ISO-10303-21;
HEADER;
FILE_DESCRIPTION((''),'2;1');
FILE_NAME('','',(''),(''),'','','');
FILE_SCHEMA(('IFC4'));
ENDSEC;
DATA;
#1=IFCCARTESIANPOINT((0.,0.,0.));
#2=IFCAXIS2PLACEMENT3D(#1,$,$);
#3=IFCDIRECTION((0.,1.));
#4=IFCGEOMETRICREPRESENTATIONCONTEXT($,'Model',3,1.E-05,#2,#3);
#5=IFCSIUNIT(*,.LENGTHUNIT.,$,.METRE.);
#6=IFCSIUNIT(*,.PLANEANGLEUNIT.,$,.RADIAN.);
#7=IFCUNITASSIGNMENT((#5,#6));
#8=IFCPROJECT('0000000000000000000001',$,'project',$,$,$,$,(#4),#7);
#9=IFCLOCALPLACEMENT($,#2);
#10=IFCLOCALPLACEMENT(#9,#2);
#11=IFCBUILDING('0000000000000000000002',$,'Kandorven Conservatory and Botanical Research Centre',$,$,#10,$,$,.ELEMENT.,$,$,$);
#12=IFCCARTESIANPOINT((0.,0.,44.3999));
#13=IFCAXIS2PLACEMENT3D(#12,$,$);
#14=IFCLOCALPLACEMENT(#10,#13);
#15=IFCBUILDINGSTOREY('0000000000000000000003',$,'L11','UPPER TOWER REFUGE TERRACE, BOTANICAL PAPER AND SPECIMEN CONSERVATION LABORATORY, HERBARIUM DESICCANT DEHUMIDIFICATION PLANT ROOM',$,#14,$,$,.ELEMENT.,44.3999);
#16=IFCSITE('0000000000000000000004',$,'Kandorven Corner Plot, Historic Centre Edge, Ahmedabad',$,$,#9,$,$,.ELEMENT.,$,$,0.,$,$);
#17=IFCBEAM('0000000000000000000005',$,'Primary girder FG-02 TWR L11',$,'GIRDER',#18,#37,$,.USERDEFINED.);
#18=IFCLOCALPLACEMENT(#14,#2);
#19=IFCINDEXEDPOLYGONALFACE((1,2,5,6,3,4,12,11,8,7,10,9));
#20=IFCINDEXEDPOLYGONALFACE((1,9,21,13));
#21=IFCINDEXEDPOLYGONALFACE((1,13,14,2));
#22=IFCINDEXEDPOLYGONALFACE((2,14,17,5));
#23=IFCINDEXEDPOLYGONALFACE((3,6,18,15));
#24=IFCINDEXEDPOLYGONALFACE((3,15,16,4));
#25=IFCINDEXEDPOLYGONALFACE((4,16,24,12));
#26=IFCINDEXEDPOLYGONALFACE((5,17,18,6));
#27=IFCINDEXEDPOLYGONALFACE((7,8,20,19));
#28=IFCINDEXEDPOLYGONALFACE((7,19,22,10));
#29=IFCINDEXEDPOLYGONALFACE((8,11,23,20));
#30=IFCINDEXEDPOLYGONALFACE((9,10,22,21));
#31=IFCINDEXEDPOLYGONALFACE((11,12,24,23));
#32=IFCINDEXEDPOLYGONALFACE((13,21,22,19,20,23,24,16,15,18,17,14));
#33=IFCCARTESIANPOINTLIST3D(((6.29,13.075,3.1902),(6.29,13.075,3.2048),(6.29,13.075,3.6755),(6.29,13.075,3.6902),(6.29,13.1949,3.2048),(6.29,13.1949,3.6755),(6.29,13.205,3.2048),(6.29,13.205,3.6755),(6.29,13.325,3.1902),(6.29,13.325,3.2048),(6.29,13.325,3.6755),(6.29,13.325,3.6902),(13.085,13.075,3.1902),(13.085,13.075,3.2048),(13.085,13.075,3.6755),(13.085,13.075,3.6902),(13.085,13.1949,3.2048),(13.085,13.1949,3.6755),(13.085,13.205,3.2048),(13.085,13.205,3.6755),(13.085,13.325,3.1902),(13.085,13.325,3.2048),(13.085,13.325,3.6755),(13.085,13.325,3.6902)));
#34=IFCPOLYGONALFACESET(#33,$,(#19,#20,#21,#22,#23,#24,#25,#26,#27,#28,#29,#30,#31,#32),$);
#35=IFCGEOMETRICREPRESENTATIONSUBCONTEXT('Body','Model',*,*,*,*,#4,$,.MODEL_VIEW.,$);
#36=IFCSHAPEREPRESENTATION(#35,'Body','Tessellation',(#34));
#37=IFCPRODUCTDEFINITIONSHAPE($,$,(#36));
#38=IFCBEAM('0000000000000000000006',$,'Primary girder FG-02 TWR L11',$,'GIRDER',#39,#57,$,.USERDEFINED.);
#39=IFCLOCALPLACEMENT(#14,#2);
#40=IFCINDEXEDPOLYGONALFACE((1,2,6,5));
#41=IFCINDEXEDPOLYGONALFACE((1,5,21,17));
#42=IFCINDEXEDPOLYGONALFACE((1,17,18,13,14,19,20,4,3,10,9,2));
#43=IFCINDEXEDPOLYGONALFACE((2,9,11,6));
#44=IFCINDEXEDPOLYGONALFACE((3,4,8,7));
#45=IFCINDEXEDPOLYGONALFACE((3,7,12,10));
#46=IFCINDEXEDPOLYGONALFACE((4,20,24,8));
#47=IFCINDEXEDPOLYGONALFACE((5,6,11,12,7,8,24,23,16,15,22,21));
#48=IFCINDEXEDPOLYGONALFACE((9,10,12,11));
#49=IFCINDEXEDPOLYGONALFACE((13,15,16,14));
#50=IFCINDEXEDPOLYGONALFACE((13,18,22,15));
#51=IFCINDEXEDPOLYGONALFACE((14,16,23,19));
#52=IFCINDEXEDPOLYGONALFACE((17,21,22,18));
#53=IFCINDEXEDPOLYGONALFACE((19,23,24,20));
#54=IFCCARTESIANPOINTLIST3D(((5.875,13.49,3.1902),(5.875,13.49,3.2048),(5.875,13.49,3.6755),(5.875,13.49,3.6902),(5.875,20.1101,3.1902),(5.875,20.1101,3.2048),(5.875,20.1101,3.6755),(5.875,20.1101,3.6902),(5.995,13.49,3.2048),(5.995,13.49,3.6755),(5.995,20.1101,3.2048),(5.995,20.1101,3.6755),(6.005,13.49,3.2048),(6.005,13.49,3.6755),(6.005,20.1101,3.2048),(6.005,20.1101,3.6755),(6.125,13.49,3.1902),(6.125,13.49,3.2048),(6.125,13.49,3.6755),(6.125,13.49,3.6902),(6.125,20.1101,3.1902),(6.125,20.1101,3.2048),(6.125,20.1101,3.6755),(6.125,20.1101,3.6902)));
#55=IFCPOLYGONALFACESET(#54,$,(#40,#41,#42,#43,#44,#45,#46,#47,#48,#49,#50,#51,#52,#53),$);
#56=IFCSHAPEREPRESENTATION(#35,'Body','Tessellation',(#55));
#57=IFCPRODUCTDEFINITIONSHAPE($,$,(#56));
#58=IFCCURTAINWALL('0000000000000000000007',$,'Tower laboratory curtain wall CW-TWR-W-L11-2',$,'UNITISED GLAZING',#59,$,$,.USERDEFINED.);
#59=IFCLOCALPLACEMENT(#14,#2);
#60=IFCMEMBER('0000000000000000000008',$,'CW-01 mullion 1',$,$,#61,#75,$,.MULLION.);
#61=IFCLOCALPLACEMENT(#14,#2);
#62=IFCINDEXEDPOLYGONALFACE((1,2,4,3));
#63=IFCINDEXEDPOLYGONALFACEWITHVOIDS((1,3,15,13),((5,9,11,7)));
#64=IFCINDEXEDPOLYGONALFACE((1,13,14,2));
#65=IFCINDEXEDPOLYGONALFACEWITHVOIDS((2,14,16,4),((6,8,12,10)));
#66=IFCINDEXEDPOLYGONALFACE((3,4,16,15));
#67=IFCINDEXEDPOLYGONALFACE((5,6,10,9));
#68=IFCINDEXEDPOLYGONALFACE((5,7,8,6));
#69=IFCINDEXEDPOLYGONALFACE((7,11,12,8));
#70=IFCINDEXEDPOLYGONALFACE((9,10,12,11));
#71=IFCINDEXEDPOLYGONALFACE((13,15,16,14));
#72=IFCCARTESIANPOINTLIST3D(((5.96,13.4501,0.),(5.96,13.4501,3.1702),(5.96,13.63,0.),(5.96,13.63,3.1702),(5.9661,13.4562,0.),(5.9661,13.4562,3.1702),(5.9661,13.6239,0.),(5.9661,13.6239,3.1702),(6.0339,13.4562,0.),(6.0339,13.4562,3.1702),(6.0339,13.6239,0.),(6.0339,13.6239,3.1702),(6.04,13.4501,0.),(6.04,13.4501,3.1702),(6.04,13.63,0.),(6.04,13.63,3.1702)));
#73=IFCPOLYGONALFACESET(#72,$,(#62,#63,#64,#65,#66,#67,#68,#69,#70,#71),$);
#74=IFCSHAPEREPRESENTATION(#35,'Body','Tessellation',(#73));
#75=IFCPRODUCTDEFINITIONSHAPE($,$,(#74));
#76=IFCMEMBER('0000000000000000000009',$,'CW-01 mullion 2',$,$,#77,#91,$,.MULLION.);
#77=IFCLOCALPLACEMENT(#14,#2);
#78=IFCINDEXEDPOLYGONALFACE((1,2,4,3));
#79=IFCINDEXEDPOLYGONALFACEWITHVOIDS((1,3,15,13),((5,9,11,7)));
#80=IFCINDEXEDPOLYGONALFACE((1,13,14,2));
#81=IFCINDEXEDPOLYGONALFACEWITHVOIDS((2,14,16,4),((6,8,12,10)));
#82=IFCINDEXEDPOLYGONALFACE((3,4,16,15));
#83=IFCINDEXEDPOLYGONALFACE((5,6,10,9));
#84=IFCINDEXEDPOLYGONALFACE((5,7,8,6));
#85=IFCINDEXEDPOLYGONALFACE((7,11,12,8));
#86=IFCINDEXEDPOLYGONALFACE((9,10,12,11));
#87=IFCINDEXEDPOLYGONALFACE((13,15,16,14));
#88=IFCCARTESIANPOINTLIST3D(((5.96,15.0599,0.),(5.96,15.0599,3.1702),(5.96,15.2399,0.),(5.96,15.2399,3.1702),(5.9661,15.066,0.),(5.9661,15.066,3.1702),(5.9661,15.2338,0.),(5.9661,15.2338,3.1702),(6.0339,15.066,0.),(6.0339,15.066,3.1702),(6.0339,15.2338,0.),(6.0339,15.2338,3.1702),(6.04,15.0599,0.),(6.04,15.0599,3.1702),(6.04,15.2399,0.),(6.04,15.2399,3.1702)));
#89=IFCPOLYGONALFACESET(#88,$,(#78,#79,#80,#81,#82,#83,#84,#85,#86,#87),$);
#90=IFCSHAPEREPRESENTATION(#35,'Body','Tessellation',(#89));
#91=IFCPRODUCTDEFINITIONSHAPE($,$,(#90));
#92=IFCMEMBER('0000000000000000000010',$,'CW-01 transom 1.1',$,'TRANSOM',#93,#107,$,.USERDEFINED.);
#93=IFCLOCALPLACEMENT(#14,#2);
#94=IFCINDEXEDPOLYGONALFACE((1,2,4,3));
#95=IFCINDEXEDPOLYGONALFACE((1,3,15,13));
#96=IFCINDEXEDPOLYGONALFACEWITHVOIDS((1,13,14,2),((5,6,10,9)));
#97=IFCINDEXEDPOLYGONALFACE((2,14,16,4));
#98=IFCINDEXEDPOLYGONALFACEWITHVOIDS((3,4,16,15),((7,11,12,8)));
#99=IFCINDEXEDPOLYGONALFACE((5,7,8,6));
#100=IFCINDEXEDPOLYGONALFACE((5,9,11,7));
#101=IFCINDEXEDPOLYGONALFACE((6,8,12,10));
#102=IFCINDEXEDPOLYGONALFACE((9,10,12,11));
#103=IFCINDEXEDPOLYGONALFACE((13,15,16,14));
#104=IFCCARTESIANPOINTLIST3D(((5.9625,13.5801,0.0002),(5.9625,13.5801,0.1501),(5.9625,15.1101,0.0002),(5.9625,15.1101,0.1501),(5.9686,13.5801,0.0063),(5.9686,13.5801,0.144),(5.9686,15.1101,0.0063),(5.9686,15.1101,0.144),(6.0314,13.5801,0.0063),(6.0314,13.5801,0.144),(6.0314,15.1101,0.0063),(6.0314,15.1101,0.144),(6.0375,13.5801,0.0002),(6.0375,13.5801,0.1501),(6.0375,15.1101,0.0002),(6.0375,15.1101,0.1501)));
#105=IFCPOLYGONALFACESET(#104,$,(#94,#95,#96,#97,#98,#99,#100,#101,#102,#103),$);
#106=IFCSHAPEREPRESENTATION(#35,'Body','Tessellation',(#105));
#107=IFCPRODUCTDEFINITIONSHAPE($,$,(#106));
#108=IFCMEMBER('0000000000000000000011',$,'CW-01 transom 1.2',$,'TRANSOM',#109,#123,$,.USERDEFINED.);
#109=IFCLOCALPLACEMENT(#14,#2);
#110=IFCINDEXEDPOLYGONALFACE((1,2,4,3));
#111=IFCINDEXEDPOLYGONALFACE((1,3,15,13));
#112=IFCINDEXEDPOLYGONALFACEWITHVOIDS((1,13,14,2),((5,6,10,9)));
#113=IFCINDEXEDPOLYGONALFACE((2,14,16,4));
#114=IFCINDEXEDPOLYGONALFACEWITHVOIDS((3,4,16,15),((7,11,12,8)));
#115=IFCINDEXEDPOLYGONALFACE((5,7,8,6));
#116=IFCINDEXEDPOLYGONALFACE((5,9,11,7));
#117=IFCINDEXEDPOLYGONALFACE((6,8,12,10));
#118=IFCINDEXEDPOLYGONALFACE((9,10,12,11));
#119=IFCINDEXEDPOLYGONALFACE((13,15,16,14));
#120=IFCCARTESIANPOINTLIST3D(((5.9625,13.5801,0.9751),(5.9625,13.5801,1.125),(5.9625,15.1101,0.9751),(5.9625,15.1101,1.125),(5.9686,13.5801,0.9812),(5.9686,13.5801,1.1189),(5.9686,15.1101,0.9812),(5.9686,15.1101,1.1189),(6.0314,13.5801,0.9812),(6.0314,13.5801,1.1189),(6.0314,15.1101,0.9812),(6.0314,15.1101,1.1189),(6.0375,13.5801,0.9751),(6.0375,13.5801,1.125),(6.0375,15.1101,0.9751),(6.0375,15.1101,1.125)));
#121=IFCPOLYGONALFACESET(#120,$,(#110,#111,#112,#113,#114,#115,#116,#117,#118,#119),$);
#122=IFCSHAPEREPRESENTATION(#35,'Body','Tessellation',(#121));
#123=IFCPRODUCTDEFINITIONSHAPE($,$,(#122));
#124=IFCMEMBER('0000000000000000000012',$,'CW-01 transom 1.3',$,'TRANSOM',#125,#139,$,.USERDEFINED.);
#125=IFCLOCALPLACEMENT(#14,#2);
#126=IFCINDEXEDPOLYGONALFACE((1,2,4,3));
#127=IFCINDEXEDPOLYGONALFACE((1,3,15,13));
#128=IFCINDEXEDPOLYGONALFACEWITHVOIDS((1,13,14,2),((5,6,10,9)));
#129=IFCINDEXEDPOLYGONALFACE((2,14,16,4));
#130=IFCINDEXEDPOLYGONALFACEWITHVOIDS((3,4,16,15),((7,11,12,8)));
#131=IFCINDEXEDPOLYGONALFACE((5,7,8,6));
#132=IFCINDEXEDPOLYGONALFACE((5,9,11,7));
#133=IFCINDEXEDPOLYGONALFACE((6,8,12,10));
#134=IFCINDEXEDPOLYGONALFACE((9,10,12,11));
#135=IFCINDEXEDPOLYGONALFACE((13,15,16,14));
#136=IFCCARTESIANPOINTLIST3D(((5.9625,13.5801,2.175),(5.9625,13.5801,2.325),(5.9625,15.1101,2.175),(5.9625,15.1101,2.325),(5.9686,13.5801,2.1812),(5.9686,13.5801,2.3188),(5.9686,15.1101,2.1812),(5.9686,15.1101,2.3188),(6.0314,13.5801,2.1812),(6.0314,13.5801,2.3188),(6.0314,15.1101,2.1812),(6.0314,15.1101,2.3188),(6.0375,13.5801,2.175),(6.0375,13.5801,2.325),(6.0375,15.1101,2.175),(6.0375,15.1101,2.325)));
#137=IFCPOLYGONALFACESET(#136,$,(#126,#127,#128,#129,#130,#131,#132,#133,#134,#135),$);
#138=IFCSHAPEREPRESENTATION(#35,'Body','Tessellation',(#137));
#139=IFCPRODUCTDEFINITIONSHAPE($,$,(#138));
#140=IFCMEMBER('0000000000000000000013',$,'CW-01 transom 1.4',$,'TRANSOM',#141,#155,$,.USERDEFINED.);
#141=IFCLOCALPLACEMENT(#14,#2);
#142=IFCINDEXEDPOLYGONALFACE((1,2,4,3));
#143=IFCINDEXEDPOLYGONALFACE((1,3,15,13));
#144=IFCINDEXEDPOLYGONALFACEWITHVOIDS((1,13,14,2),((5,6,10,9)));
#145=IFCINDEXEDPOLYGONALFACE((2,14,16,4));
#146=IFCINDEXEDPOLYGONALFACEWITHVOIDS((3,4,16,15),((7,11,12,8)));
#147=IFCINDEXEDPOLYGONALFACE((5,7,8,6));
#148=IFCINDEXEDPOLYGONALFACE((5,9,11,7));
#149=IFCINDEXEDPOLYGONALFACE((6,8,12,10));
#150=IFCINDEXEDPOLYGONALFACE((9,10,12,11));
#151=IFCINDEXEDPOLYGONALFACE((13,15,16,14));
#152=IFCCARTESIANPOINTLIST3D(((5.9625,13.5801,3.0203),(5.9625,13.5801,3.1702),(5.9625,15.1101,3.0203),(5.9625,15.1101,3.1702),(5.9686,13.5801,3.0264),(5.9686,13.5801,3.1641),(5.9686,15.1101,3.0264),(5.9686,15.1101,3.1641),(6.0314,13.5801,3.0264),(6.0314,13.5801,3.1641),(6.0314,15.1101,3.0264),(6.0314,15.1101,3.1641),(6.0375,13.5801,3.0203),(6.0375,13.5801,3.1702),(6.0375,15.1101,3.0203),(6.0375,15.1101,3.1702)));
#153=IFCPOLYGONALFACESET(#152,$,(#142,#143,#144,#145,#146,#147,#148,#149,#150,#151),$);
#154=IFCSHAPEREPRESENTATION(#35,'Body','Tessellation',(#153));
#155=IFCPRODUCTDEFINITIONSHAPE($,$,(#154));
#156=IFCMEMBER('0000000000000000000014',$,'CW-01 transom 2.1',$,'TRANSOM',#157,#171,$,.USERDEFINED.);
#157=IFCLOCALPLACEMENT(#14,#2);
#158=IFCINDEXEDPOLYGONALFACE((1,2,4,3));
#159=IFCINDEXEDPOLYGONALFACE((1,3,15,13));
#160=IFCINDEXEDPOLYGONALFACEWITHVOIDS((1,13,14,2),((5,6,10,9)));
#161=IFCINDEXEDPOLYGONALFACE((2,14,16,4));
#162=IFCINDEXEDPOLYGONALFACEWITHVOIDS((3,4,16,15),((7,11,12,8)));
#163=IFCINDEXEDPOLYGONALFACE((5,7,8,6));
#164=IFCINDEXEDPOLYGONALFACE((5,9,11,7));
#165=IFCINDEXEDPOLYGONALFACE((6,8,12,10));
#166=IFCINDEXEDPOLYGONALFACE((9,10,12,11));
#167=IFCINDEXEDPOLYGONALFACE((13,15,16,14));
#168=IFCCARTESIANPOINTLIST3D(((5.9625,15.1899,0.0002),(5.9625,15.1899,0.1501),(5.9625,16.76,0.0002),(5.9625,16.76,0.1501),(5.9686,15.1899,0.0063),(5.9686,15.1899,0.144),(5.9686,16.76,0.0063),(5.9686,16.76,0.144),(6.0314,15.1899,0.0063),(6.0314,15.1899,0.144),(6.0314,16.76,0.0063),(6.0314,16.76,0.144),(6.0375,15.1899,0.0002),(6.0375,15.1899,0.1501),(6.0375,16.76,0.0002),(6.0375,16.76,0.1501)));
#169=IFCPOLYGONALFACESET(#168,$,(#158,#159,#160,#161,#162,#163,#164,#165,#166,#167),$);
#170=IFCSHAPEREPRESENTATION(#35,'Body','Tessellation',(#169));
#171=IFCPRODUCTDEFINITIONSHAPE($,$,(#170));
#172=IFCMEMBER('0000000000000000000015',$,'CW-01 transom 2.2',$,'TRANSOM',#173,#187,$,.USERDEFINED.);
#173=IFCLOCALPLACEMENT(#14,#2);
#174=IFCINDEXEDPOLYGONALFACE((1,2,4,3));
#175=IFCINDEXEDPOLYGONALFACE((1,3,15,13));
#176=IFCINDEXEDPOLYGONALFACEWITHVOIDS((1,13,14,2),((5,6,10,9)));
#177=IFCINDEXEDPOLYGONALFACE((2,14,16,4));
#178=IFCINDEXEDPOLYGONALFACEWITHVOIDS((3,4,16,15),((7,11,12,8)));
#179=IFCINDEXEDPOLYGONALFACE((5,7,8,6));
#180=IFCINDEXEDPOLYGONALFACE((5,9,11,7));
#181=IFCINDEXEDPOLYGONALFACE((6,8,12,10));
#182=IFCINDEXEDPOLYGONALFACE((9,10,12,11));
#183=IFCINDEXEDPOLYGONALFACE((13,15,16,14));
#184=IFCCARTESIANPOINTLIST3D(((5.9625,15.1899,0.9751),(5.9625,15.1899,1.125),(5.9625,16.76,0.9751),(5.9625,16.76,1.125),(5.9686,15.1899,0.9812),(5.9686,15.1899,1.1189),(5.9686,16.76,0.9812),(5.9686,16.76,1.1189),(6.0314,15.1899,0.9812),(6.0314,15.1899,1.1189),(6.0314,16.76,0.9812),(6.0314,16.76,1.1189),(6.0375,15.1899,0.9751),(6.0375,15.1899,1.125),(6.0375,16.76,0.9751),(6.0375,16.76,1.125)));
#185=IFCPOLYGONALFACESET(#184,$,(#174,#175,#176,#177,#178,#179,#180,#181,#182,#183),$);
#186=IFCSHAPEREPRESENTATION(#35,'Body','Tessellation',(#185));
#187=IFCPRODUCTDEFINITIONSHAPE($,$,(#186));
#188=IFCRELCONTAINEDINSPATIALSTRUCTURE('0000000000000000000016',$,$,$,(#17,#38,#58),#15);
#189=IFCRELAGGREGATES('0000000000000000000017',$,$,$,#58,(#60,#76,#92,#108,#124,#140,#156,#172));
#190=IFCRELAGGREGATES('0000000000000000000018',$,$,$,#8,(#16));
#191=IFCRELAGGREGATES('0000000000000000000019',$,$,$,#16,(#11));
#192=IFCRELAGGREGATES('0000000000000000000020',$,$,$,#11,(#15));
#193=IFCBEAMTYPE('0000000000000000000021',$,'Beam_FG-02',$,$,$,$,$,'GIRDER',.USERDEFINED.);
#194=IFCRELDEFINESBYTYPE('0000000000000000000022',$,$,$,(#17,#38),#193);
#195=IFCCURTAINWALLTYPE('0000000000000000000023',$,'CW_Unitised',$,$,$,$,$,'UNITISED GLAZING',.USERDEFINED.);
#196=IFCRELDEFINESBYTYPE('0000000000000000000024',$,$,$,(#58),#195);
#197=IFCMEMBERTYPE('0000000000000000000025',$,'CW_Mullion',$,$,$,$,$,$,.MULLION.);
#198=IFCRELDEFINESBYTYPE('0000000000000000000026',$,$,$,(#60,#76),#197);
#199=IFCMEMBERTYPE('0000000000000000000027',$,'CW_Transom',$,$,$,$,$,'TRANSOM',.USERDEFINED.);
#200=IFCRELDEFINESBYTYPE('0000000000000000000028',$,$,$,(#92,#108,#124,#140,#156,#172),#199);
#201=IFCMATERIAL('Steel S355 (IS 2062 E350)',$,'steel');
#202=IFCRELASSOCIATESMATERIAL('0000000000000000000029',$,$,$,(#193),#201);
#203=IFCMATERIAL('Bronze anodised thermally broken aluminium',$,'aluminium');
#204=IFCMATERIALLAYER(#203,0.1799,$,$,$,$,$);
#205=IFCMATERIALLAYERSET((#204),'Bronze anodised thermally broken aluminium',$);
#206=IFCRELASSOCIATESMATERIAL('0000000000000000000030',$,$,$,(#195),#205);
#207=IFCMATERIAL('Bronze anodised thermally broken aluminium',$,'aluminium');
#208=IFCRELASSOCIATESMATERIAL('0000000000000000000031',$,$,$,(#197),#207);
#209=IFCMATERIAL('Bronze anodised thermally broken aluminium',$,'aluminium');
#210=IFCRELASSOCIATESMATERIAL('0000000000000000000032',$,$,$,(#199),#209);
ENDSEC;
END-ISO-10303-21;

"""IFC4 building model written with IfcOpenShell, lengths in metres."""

from ifc_helpers import new_model, si_unit, direction, frame, origin, origin_2d, place, context, subcontext, project, spatial, hollow_rectangle, i_section, extrude, material, layer, layer_set, material_profile, profile_set, type_object, element, aggregate, save


model = new_model("IFC4")

# Units and contexts
model_context = context("Model", 3, precision=1e-05, world=origin(), true_north=direction((0.0, 1.0)))
body_context = subcontext(model_context, "Body", "Model", "MODEL_VIEW")
ifc_project = project(units=[si_unit("LENGTHUNIT", "METRE"), si_unit("PLANEANGLEUNIT", "RADIAN")], contexts=[model_context])

# Site, building, storey
site_placement = place(None, origin())
site = spatial("IfcSite", under=ifc_project, at=site_placement, Name="Kandorven Corner Plot, Historic Centre Edge, Ahmedabad", CompositionType="ELEMENT", RefElevation=0.0)
building_placement = place(site_placement, origin())
building = spatial("IfcBuilding", under=site, at=building_placement, Name="Kandorven Conservatory and Botanical Research Centre", CompositionType="ELEMENT")
storey_placement = place(building_placement, frame((0.0, 0.0, 44.3999)))
storey = spatial("IfcBuildingStorey", under=building, at=storey_placement, Name="L11", Description="UPPER TOWER REFUGE TERRACE, BOTANICAL PAPER AND SPECIMEN CONSERVATION LABORATORY, HERBARIUM DESICCANT DEHUMIDIFICATION PLANT ROOM", CompositionType="ELEMENT", Elevation=44.3999)

# Beams
ifc_material_1 = material(Name="Steel S355 (IS 2062 E350)", Category="steel")
ifc_material_profile_1 = material_profile(ifc_material_1, i_section(OverallWidth=0.25, OverallDepth=0.5, WebThickness=0.01, FlangeThickness=0.0146, at=origin_2d()))
ifc_profile_set_1 = profile_set([ifc_material_profile_1], Name="Steel S355 (IS 2062 E350)")
beam_type = type_object("IfcBeamType", Name="Beam_FG-02", ElementType="GIRDER", PredefinedType="USERDEFINED", material=ifc_profile_set_1)
beam_1_placement = place(storey_placement, frame((6.29, 13.2, 3.4402), z_axis=(1.0, 0.0, 0.0), x_axis=(0.0, 1.0, 0.0)))
element("IfcBeam", 1, at=beam_1_placement, inside=storey, type_object=beam_type, Name="Primary girder FG-02 TWR L11", ObjectType="GIRDER", PredefinedType="USERDEFINED", context=body_context, shape_type="SweptSolid", body=[
    extrude(i_section(OverallWidth=0.25, OverallDepth=0.5, WebThickness=0.01, FlangeThickness=0.0146, at=origin_2d()), origin(), (0.0, 0.0, 1.0), 6.7949),
])
beam_2_placement = place(storey_placement, frame((6.0, 13.49, 3.4402), z_axis=(0.0, 1.0, 0.0), x_axis=(-1.0, 0.0, 0.0)))
element("IfcBeam", 2, at=beam_2_placement, inside=storey, type_object=beam_type, Name="Primary girder FG-02 TWR L11", ObjectType="GIRDER", PredefinedType="USERDEFINED", context=body_context, shape_type="SweptSolid", body=[
    extrude(i_section(OverallWidth=0.25, OverallDepth=0.5, WebThickness=0.01, FlangeThickness=0.0146, at=origin_2d()), origin(), (0.0, 0.0, 1.0), 6.6201),
])

# Curtain wall, members
ifc_material_2 = material(Name="Bronze anodised thermally broken aluminium", Category="aluminium")
ifc_layer_1 = layer(ifc_material_2, 0.1799)
ifc_layer_set_1 = layer_set([ifc_layer_1], Name="Bronze anodised thermally broken aluminium")
curtain_wall_type = type_object("IfcCurtainWallType", Name="CW_Unitised", ElementType="UNITISED GLAZING", PredefinedType="USERDEFINED", material=ifc_layer_set_1)
curtain_wall_placement = place(storey_placement, origin())
curtain_wall = element("IfcCurtainWall", 3, at=curtain_wall_placement, inside=storey, type_object=curtain_wall_type, Name="Tower laboratory curtain wall CW-TWR-W-L11-2", ObjectType="UNITISED GLAZING", PredefinedType="USERDEFINED")
ifc_material_3 = material(Name="Bronze anodised thermally broken aluminium", Category="aluminium")
ifc_material_profile_2 = material_profile(ifc_material_3, hollow_rectangle(XDim=0.0801, YDim=0.1799, WallThickness=0.0061, at=origin_2d()))
ifc_profile_set_2 = profile_set([ifc_material_profile_2], Name="Bronze anodised thermally broken aluminium")
member_type_1 = type_object("IfcMemberType", Name="CW_Mullion", PredefinedType="MULLION", material=ifc_profile_set_2)
member_1_placement = place(storey_placement, frame((6.0, 13.54, 0.0), z_axis=(0.0, 0.0, 1.0), x_axis=(-1.0, 0.0, 0.0)))
member_1 = element("IfcMember", 4, at=member_1_placement, type_object=member_type_1, Name="CW-01 mullion 1", PredefinedType="MULLION", context=body_context, shape_type="SweptSolid", body=[
    extrude(hollow_rectangle(XDim=0.0801, YDim=0.1799, WallThickness=0.0061, at=origin_2d()), origin(), (0.0, 0.0, 1.0), 3.1702),
])
member_2_placement = place(storey_placement, frame((6.0, 15.1499, 0.0), z_axis=(0.0, 0.0, 1.0), x_axis=(-1.0, 0.0, 0.0)))
member_2 = element("IfcMember", 5, at=member_2_placement, type_object=member_type_1, Name="CW-01 mullion 2", PredefinedType="MULLION", context=body_context, shape_type="SweptSolid", body=[
    extrude(hollow_rectangle(XDim=0.0801, YDim=0.1799, WallThickness=0.0061, at=origin_2d()), origin(), (0.0, 0.0, 1.0), 3.1702),
])
ifc_material_4 = material(Name="Bronze anodised thermally broken aluminium", Category="aluminium")
ifc_material_profile_3 = material_profile(ifc_material_4, hollow_rectangle(XDim=0.075, YDim=0.1499, WallThickness=0.0061, at=origin_2d()))
ifc_profile_set_3 = profile_set([ifc_material_profile_3], Name="Bronze anodised thermally broken aluminium")
member_type_2 = type_object("IfcMemberType", Name="CW_Transom", ElementType="TRANSOM", PredefinedType="USERDEFINED", material=ifc_profile_set_3)
member_3_placement = place(storey_placement, frame((6.0, 13.5801, 0.0752), z_axis=(0.0, 1.0, 0.0), x_axis=(-1.0, 0.0, 0.0)))
member_3 = element("IfcMember", 6, at=member_3_placement, type_object=member_type_2, Name="CW-01 transom 1.1", ObjectType="TRANSOM", PredefinedType="USERDEFINED", context=body_context, shape_type="SweptSolid", body=[
    extrude(hollow_rectangle(XDim=0.075, YDim=0.1499, WallThickness=0.0061, at=origin_2d()), origin(), (0.0, 0.0, 1.0), 1.53),
])
member_4_placement = place(storey_placement, frame((6.0, 13.5801, 1.05), z_axis=(0.0, 1.0, 0.0), x_axis=(-1.0, 0.0, 0.0)))
member_4 = element("IfcMember", 7, at=member_4_placement, type_object=member_type_2, Name="CW-01 transom 1.2", ObjectType="TRANSOM", PredefinedType="USERDEFINED", context=body_context, shape_type="SweptSolid", body=[
    extrude(hollow_rectangle(XDim=0.075, YDim=0.1499, WallThickness=0.0061, at=origin_2d()), origin(), (0.0, 0.0, 1.0), 1.53),
])
member_5_placement = place(storey_placement, frame((6.0, 13.5801, 2.25), z_axis=(0.0, 1.0, 0.0), x_axis=(-1.0, 0.0, 0.0)))
member_5 = element("IfcMember", 8, at=member_5_placement, type_object=member_type_2, Name="CW-01 transom 1.3", ObjectType="TRANSOM", PredefinedType="USERDEFINED", context=body_context, shape_type="SweptSolid", body=[
    extrude(hollow_rectangle(XDim=0.075, YDim=0.1499, WallThickness=0.0061, at=origin_2d()), origin(), (0.0, 0.0, 1.0), 1.53),
])
member_6_placement = place(storey_placement, frame((6.0, 13.5801, 3.0952), z_axis=(0.0, 1.0, 0.0), x_axis=(-1.0, 0.0, 0.0)))
member_6 = element("IfcMember", 9, at=member_6_placement, type_object=member_type_2, Name="CW-01 transom 1.4", ObjectType="TRANSOM", PredefinedType="USERDEFINED", context=body_context, shape_type="SweptSolid", body=[
    extrude(hollow_rectangle(XDim=0.075, YDim=0.1499, WallThickness=0.0061, at=origin_2d()), origin(), (0.0, 0.0, 1.0), 1.53),
])
member_7_placement = place(storey_placement, frame((6.0, 15.1899, 0.0752), z_axis=(0.0, 1.0, 0.0), x_axis=(-1.0, 0.0, 0.0)))
member_7 = element("IfcMember", 10, at=member_7_placement, type_object=member_type_2, Name="CW-01 transom 2.1", ObjectType="TRANSOM", PredefinedType="USERDEFINED", context=body_context, shape_type="SweptSolid", body=[
    extrude(hollow_rectangle(XDim=0.075, YDim=0.1499, WallThickness=0.0061, at=origin_2d()), origin(), (0.0, 0.0, 1.0), 1.5701),
])
member_8_placement = place(storey_placement, frame((6.0, 15.1899, 1.05), z_axis=(0.0, 1.0, 0.0), x_axis=(-1.0, 0.0, 0.0)))
member_8 = element("IfcMember", 11, at=member_8_placement, type_object=member_type_2, Name="CW-01 transom 2.2", ObjectType="TRANSOM", PredefinedType="USERDEFINED", context=body_context, shape_type="SweptSolid", body=[
    extrude(hollow_rectangle(XDim=0.075, YDim=0.1499, WallThickness=0.0061, at=origin_2d()), origin(), (0.0, 0.0, 1.0), 1.5701),
])

aggregate(curtain_wall, [member_1, member_2, member_3, member_4, member_5, member_6, member_7, member_8])

save(model, "model.ifc")
